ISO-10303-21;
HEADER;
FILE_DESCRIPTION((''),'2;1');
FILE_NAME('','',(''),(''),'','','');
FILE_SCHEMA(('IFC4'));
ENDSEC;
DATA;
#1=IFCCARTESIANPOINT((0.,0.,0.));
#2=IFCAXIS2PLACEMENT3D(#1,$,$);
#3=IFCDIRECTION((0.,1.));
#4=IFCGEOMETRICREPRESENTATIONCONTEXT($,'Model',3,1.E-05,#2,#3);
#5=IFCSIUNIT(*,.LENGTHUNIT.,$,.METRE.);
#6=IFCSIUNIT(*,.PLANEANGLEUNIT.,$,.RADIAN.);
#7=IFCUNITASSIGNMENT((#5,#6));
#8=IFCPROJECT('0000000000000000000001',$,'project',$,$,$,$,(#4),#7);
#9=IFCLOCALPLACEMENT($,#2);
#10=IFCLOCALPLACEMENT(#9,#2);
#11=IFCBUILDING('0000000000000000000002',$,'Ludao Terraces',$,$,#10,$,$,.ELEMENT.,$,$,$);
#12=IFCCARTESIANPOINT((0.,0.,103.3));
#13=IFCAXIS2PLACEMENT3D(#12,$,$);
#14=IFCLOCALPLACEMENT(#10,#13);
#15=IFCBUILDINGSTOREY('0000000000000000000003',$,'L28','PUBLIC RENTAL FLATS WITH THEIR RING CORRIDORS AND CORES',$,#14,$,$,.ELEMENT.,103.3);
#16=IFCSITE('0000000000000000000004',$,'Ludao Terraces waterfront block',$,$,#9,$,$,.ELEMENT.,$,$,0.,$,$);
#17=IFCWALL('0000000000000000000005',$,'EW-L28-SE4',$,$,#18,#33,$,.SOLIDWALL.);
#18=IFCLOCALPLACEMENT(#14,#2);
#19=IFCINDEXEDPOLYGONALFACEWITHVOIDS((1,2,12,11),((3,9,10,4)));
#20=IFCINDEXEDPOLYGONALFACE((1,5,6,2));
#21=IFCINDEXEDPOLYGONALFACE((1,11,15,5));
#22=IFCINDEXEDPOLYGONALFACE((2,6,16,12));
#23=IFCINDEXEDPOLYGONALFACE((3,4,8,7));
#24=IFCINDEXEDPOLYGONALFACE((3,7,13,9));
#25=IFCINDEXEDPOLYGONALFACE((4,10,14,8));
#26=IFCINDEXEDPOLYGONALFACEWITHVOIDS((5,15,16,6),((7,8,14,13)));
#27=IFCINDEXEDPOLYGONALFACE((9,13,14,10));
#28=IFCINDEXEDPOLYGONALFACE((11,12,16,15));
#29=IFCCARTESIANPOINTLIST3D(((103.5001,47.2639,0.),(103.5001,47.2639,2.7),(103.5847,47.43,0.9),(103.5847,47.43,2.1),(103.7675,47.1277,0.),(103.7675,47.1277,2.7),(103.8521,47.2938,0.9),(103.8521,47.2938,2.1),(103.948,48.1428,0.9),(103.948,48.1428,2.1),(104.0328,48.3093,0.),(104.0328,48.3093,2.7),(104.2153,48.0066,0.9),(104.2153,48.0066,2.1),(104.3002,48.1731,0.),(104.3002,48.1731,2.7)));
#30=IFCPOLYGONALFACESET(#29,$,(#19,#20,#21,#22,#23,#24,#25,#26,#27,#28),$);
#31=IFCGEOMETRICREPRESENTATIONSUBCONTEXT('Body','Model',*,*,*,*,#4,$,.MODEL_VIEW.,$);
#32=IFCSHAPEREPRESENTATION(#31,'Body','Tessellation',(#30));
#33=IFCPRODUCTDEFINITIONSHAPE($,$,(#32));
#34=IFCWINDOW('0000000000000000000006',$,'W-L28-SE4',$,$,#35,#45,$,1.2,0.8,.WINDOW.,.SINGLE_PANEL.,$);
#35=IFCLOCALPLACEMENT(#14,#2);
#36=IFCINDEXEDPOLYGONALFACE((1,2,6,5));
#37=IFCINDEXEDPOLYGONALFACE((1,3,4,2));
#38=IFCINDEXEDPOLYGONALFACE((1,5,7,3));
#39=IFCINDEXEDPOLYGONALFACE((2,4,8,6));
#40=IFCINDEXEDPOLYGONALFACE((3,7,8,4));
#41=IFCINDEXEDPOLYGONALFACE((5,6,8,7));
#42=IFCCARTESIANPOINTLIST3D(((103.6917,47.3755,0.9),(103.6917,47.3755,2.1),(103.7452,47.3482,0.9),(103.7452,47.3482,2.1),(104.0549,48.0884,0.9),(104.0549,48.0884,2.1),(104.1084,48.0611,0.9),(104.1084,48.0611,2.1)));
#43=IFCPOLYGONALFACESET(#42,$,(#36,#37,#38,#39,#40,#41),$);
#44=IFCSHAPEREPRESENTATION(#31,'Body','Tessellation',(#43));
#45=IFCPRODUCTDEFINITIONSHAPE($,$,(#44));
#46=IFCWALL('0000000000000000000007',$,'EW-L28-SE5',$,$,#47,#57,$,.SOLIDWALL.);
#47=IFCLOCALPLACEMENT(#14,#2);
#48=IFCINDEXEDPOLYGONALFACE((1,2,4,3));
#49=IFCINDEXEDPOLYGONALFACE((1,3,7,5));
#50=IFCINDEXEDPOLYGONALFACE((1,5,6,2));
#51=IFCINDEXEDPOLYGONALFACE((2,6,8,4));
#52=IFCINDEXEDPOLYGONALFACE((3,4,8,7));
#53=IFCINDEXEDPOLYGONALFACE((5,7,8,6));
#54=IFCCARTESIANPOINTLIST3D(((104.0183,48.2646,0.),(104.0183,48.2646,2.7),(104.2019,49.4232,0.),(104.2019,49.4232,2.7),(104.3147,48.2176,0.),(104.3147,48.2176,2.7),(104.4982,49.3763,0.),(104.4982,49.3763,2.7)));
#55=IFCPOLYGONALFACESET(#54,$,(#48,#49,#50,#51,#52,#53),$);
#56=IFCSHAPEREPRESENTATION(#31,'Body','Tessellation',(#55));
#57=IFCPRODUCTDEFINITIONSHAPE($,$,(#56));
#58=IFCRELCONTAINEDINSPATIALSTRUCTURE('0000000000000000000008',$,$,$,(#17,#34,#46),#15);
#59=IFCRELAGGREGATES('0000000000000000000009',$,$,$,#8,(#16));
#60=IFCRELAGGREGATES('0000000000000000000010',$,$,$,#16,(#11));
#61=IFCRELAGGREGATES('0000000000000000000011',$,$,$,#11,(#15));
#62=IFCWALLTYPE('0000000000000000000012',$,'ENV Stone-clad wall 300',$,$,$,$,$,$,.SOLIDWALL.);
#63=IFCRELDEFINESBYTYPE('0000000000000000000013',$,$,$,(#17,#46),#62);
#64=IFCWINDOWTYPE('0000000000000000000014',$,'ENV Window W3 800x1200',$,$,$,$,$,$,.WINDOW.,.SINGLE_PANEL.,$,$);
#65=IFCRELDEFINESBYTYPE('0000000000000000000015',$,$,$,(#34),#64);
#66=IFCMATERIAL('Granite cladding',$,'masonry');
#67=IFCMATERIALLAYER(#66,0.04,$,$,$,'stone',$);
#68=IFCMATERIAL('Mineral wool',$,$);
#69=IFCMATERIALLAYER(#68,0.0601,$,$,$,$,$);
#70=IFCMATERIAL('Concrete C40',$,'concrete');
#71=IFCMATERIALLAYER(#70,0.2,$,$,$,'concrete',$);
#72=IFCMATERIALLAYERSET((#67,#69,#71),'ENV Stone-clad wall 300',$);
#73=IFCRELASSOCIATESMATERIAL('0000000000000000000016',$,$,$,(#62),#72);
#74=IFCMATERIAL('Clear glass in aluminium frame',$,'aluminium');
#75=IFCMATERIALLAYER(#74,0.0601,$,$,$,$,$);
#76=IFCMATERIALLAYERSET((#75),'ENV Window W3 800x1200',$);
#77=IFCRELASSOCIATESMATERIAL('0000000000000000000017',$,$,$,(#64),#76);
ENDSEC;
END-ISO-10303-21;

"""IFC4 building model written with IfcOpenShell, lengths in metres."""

from ifc_helpers import new_model, si_unit, direction, frame, frame_2d, origin, place, context, subcontext, project, spatial, rectangle, extrude, material, layer, layer_set, type_object, element, fill, save


model = new_model("IFC4")

# Units and contexts
model_context = context("Model", 3, precision=1e-05, world=origin(), true_north=direction((0.0, 1.0)))
body_context = subcontext(model_context, "Body", "Model", "MODEL_VIEW")
ifc_project = project(units=[si_unit("LENGTHUNIT", "METRE"), si_unit("PLANEANGLEUNIT", "RADIAN")], contexts=[model_context])

# Site, building, storey
site_placement = place(None, origin())
site = spatial("IfcSite", under=ifc_project, at=site_placement, Name="Ludao Terraces waterfront block", CompositionType="ELEMENT", RefElevation=0.0)
building_placement = place(site_placement, origin())
building = spatial("IfcBuilding", under=site, at=building_placement, Name="Ludao Terraces", CompositionType="ELEMENT")
storey_placement = place(building_placement, frame((0.0, 0.0, 103.3)))
storey = spatial("IfcBuildingStorey", under=building, at=storey_placement, Name="L28", Description="PUBLIC RENTAL FLATS WITH THEIR RING CORRIDORS AND CORES", CompositionType="ELEMENT", Elevation=103.3)

# Shared definitions
ifc_material_1 = material(Name="Concrete C40", Category="concrete")

# Wall, opening, window
ifc_material_2 = material(Name="Granite cladding", Category="masonry")
ifc_layer_1 = layer(ifc_material_2, 0.04, Category="stone")
ifc_material_3 = material(Name="Mineral wool")
ifc_layer_2 = layer(ifc_material_3, 0.0601)
ifc_layer_3 = layer(ifc_material_1, 0.2, Category="concrete")
ifc_layer_set_1 = layer_set([ifc_layer_1, ifc_layer_2, ifc_layer_3], Name="ENV Stone-clad wall 300")
wall_type_1 = type_object("IfcWallType", Name="ENV Stone-clad wall 300", PredefinedType="SOLIDWALL", material=ifc_layer_set_1)
ifc_material_4 = material(Name="Clear glass in aluminium frame", Category="aluminium")
ifc_layer_4 = layer(ifc_material_4, 0.0601)
ifc_layer_set_2 = layer_set([ifc_layer_4], Name="ENV Window W3 800x1200")
window_type_1 = type_object("IfcWindowType", Name="ENV Window W3 800x1200", PartitioningType="SINGLE_PANEL", PredefinedType="WINDOW", material=ifc_layer_set_2)
wall_1_placement = place(storey_placement, frame((103.6338, 47.1958, 0.0), z_axis=(0.0, 0.0, 1.0), x_axis=(0.454026, 0.890989, 0.0)))
wall_1 = element("IfcWall", 1, at=wall_1_placement, inside=storey, type_object=wall_type_1, Name="EW-L28-SE4", PredefinedType="SOLIDWALL", context=body_context, shape_type="SweptSolid", body=[
    extrude(rectangle(XDim=1.1733, YDim=0.3, at=frame_2d((0.5867, 0.0))), origin(), (0.0, 0.0, 1.0), 2.7),
])
opening_1_placement = place(wall_1_placement, frame((0.1865, 0.0, 0.8999)))
opening_1 = element("IfcOpeningElement", 2, at=opening_1_placement, cuts=wall_1, PredefinedType="OPENING", context=body_context, shape_type="SweptSolid", body=[
    extrude(rectangle(XDim=0.8, YDim=1.2, at=frame_2d((0.3999, 0.6001))), frame((0.0, 0.1602, 0.0), z_axis=(0.0, -1.0, 0.0), x_axis=(1.0, 0.0, 0.0)), (0.0, 0.0, 1.0), 0.3201),
])
window_1_placement = place(opening_1_placement, origin())
window_1 = element("IfcWindow", 3, at=window_1_placement, inside=storey, type_object=window_type_1, Name="W-L28-SE4", OverallHeight=1.2, OverallWidth=0.8, PartitioningType="SINGLE_PANEL", PredefinedType="WINDOW", context=body_context, shape_type="SweptSolid", body=[
    extrude(rectangle(XDim=0.8, YDim=1.2, at=frame_2d((0.3999, 0.6001))), frame((0.0, 0.03, 0.0), z_axis=(0.0, -1.0, 0.0), x_axis=(1.0, 0.0, 0.0)), (0.0, 0.0, 1.0), 0.0601),
])
fill(opening_1, window_1)

# Wall
wall_2_placement = place(storey_placement, frame((104.1665, 48.2412, 0.0), z_axis=(0.0, 0.0, 1.0), x_axis=(0.156497, 0.987678, 0.0)))
element("IfcWall", 4, at=wall_2_placement, inside=storey, type_object=wall_type_1, Name="EW-L28-SE5", PredefinedType="SOLIDWALL", context=body_context, shape_type="SweptSolid", body=[
    extrude(rectangle(XDim=1.1731, YDim=0.3, at=frame_2d((0.5864, 0.0))), origin(), (0.0, 0.0, 1.0), 2.7),
])

save(model, "model.ifc")
